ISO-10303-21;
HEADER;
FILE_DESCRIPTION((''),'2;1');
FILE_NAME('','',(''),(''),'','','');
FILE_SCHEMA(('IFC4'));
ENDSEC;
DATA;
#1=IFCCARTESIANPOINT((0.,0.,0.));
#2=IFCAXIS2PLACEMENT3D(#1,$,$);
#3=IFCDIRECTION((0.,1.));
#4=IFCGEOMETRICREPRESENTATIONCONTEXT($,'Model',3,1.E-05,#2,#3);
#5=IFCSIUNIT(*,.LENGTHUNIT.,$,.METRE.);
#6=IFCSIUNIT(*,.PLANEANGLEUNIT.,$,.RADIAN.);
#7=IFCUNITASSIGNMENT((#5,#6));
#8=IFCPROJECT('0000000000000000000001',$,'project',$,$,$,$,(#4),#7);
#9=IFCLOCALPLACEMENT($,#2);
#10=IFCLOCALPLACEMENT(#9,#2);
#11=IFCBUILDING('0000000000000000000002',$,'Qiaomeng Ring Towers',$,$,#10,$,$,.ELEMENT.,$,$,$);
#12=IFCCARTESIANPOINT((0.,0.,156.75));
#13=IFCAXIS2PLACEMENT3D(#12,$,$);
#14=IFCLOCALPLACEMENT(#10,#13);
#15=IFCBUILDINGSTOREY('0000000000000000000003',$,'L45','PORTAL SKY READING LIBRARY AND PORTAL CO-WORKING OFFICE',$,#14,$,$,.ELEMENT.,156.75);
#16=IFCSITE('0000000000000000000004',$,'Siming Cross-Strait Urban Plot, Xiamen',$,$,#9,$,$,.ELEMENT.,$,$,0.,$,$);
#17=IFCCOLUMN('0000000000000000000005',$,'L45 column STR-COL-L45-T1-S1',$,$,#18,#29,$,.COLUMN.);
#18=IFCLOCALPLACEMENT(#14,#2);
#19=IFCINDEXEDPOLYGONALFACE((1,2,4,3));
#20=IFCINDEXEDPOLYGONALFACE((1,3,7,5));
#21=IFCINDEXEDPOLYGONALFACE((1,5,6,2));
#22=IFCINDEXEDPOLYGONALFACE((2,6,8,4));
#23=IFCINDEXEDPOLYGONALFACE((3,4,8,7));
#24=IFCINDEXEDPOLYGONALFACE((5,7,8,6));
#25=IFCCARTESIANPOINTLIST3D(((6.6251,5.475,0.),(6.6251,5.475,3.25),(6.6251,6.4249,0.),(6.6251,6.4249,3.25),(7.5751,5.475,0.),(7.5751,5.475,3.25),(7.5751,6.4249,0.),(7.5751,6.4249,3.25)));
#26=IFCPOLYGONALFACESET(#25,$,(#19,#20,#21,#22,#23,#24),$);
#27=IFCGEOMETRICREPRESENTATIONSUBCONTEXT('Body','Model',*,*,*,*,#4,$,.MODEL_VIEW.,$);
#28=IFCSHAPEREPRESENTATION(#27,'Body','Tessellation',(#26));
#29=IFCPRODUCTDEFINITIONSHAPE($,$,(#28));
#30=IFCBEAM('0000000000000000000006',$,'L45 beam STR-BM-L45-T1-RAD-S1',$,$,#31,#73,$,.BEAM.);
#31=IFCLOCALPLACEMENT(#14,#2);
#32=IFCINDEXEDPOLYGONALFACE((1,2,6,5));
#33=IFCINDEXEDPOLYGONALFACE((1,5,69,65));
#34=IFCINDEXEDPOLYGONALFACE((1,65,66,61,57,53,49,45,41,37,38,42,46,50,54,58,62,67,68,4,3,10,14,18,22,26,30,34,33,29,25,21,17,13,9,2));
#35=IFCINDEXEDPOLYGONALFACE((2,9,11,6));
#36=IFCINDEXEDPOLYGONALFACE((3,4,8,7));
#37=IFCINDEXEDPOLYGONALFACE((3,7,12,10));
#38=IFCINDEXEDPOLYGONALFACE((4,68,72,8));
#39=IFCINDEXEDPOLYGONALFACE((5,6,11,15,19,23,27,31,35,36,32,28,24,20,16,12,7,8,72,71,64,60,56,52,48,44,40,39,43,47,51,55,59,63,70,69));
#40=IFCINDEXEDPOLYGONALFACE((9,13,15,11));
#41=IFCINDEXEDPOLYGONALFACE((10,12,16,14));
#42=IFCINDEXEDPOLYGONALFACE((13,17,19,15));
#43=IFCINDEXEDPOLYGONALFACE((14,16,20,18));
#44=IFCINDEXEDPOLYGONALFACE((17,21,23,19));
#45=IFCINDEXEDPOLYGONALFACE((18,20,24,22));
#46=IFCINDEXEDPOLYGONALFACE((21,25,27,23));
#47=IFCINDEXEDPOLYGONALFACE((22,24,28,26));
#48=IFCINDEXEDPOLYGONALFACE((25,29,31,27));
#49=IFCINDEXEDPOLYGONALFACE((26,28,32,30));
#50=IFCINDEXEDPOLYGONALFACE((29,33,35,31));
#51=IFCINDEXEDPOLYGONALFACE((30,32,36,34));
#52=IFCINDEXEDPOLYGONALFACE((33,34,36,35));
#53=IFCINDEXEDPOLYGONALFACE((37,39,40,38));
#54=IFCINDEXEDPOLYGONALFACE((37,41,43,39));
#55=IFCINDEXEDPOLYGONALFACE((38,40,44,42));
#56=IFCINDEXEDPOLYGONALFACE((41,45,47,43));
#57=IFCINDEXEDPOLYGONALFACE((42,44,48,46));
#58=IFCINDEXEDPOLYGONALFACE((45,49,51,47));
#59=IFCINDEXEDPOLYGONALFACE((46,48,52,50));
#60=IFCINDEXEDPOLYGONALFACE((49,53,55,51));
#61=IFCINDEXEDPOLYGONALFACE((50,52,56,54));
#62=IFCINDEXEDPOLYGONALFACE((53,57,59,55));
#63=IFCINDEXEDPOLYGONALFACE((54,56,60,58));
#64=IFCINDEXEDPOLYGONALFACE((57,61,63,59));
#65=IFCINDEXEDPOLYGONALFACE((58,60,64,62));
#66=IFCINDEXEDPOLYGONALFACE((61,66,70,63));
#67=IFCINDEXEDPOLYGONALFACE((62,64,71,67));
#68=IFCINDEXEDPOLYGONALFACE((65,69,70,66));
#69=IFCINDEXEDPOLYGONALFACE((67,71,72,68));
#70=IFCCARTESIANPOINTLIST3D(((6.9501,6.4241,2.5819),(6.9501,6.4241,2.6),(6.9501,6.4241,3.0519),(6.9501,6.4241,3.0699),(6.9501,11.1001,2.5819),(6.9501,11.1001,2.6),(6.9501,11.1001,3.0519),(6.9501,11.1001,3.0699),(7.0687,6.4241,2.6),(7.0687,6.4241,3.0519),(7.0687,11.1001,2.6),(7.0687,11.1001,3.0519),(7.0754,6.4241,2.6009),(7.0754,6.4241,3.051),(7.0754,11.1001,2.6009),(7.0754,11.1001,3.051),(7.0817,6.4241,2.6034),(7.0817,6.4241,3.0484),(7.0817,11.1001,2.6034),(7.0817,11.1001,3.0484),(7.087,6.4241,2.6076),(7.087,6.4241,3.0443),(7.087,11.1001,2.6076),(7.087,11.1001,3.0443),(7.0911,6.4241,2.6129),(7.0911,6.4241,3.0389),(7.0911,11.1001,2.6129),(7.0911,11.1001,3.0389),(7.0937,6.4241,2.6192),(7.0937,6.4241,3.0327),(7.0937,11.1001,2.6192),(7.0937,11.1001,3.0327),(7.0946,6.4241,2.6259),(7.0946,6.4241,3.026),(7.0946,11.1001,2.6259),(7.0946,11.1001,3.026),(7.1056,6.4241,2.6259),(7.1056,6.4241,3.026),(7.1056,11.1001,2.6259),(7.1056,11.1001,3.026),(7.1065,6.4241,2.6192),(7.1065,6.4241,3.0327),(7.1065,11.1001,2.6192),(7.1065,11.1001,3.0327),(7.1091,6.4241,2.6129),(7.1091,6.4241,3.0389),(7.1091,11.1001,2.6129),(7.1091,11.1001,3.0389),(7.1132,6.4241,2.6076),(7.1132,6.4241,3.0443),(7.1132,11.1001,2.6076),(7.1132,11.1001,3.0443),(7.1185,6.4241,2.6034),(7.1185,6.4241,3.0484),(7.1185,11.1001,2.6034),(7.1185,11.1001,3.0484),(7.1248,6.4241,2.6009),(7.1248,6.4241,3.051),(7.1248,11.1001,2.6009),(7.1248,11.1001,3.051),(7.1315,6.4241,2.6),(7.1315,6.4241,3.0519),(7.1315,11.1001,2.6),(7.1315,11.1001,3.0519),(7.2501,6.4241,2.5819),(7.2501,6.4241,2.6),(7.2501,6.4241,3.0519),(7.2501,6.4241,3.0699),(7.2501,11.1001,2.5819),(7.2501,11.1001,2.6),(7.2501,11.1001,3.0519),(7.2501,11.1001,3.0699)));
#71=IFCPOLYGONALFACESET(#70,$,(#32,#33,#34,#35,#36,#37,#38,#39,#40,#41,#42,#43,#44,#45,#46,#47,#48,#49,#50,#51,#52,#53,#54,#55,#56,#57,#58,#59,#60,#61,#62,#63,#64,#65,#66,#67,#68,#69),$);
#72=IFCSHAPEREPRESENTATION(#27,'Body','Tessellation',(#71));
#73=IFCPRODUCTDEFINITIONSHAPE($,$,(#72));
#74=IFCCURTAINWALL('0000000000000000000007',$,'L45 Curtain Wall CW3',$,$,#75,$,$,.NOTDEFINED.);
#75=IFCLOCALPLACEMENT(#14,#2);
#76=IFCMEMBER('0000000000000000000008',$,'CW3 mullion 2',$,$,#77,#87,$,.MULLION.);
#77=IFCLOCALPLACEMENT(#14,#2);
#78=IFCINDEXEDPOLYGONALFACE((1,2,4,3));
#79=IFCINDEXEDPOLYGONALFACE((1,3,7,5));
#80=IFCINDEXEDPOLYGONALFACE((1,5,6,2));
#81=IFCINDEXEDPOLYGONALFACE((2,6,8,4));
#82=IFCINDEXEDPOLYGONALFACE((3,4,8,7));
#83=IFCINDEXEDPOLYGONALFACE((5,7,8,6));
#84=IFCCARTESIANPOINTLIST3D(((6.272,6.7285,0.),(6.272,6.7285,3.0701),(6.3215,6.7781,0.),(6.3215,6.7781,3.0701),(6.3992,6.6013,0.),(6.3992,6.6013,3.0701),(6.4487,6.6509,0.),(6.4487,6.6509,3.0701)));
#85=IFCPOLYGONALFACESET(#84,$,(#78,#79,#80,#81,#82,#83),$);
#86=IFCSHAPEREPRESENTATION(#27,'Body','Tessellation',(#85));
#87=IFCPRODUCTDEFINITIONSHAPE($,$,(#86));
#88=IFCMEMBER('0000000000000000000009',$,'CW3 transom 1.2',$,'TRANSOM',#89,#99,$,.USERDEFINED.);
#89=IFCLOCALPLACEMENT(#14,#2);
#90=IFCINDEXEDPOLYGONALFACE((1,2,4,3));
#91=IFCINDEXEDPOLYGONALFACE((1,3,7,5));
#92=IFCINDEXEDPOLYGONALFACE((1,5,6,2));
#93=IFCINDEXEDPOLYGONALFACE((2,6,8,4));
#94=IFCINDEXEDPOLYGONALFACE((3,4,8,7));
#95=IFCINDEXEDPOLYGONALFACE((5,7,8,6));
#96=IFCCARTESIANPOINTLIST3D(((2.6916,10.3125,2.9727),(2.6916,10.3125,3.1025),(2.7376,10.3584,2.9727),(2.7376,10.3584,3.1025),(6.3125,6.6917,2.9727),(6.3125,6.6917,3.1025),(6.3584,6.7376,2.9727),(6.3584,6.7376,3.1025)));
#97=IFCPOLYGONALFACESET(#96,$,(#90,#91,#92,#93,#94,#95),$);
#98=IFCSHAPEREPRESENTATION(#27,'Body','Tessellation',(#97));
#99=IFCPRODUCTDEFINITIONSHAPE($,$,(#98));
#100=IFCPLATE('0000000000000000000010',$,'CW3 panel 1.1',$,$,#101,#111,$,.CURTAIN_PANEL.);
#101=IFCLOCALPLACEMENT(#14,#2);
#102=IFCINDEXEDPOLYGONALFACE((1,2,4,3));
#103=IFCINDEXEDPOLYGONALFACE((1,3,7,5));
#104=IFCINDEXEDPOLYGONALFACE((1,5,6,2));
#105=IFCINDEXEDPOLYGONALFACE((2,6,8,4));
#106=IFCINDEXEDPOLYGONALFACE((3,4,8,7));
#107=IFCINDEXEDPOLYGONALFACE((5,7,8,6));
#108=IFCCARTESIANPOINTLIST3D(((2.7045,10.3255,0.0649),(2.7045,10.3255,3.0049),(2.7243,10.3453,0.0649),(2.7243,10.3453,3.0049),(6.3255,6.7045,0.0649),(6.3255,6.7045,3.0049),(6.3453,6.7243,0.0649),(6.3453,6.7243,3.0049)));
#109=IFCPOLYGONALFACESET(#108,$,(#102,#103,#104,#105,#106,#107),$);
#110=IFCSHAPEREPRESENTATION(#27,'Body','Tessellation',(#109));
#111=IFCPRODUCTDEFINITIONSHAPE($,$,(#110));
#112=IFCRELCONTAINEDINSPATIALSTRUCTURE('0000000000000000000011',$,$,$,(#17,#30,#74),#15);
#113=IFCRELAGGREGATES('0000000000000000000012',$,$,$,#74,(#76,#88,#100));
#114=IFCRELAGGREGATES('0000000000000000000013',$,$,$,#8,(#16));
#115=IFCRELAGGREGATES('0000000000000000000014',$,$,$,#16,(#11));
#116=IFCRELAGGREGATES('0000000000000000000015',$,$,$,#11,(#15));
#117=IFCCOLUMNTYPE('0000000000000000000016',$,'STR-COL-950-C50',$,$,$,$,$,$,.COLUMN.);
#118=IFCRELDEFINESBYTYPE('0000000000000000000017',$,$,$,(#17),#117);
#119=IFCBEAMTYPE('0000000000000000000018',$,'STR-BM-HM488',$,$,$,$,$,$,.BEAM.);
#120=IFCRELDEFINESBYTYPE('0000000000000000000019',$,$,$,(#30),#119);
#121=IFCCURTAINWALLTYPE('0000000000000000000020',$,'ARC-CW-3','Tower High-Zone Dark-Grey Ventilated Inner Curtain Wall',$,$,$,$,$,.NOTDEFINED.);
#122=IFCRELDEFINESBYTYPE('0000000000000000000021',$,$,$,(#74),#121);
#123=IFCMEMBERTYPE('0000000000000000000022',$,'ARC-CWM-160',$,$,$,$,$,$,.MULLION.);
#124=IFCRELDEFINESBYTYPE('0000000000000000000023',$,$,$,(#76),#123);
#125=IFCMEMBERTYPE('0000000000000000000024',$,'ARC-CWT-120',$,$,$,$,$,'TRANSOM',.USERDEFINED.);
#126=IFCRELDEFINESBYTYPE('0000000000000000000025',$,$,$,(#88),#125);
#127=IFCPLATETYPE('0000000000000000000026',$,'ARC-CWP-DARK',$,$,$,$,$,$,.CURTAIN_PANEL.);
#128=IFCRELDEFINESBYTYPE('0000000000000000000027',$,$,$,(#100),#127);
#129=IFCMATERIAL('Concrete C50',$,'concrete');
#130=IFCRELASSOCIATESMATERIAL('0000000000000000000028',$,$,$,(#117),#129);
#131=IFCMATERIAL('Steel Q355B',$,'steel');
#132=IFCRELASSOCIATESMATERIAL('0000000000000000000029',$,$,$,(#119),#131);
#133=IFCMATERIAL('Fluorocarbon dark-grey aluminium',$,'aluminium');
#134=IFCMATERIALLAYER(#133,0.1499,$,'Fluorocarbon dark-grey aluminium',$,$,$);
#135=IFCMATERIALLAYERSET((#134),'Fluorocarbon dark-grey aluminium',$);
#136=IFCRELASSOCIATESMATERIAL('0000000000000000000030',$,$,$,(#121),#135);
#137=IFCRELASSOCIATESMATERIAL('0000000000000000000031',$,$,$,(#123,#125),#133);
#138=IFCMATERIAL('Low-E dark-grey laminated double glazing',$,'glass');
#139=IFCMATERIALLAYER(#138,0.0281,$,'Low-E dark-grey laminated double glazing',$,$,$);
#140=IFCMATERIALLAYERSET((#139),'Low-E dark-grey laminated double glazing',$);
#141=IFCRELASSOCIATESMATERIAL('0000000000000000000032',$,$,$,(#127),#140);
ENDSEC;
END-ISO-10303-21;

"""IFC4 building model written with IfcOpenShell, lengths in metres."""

from ifc_helpers import new_model, si_unit, direction, frame, origin, origin_2d, place, context, subcontext, project, spatial, rectangle, i_section, extrude, source, transform, mapped, material, layer, layer_set, material_profile, profile_set, type_object, element, aggregate, save


model = new_model("IFC4")

# Units and contexts
model_context = context("Model", 3, precision=1e-05, world=origin(), true_north=direction((0.0, 1.0)))
body_context = subcontext(model_context, "Body", "Model", "MODEL_VIEW")
ifc_project = project(units=[si_unit("LENGTHUNIT", "METRE"), si_unit("PLANEANGLEUNIT", "RADIAN")], contexts=[model_context])

# Site, building, storey
site_placement = place(None, origin())
site = spatial("IfcSite", under=ifc_project, at=site_placement, Name="Siming Cross-Strait Urban Plot, Xiamen", CompositionType="ELEMENT", RefElevation=0.0)
building_placement = place(site_placement, origin())
building = spatial("IfcBuilding", under=site, at=building_placement, Name="Qiaomeng Ring Towers", CompositionType="ELEMENT")
storey_placement = place(building_placement, frame((0.0, 0.0, 156.75)))
storey = spatial("IfcBuildingStorey", under=building, at=storey_placement, Name="L45", Description="PORTAL SKY READING LIBRARY AND PORTAL CO-WORKING OFFICE", CompositionType="ELEMENT", Elevation=156.75)

# Column
ifc_material_1 = material(Name="Concrete C50", Category="concrete")
ifc_material_profile_1 = material_profile(ifc_material_1, rectangle(XDim=0.95, YDim=0.95, at=origin_2d()), Name="RC COL 950x950")
ifc_profile_set_1 = profile_set([ifc_material_profile_1], Name="Concrete C50")
column_type = type_object("IfcColumnType", Name="STR-COL-950-C50", PredefinedType="COLUMN", material=ifc_profile_set_1)
shared_shape_1 = source(origin(), body_context, "Body", "SweptSolid", [
    extrude(rectangle(XDim=0.95, YDim=0.95, at=origin_2d()), origin(), (0.0, 0.0, 1.0), 3.25),
])
column_placement = place(storey_placement, frame((7.1001, 5.95, 0.0), z_axis=(0.0, 0.0, 1.0), x_axis=(1.0, 0.0, 0.0)))
element("IfcColumn", 1, at=column_placement, inside=storey, type_object=column_type, Name="L45 column STR-COL-L45-T1-S1", PredefinedType="COLUMN", context=body_context, shape_type="MappedRepresentation", body=[
    mapped(shared_shape_1, transform((0.0, 0.0, 0.0), x_axis=(1.0, 0.0, 0.0), y_axis=(0.0, 1.0, 0.0), z_axis=(0.0, 0.0, 1.0), scale=1.0)),
])

# Beam
ifc_material_2 = material(Name="Steel Q355B", Category="steel")
ifc_material_profile_2 = material_profile(ifc_material_2, i_section(OverallWidth=0.3, OverallDepth=0.488, WebThickness=0.011, FlangeThickness=0.0181, FilletRadius=0.0259, at=origin_2d()), Name="HM 488x300x11x18")
ifc_profile_set_2 = profile_set([ifc_material_profile_2], Name="Steel Q355B")
beam_type = type_object("IfcBeamType", Name="STR-BM-HM488", PredefinedType="BEAM", material=ifc_profile_set_2)
shared_shape_2 = source(origin(), body_context, "Body", "SweptSolid", [
    extrude(i_section(OverallWidth=0.3, OverallDepth=0.488, WebThickness=0.011, FlangeThickness=0.0181, FilletRadius=0.0259, at=origin_2d()), origin(), (0.0, 0.0, 1.0), 4.676),
])
beam_placement = place(storey_placement, frame((7.1001, 6.4241, 2.8259), z_axis=(0.0, 1.0, 0.0), x_axis=(-1.0, 0.0, 0.0)))
element("IfcBeam", 2, at=beam_placement, inside=storey, type_object=beam_type, Name="L45 beam STR-BM-L45-T1-RAD-S1", PredefinedType="BEAM", context=body_context, shape_type="MappedRepresentation", body=[
    mapped(shared_shape_2, transform((0.0, 0.0, 0.0), x_axis=(1.0, 0.0, 0.0), y_axis=(0.0, 1.0, 0.0), z_axis=(0.0, 0.0, 1.0), scale=1.0)),
])

# Curtain wall, members, plate
ifc_material_3 = material(Name="Fluorocarbon dark-grey aluminium", Category="aluminium")
ifc_layer_1 = layer(ifc_material_3, 0.1499, Name="Fluorocarbon dark-grey aluminium")
ifc_layer_set_1 = layer_set([ifc_layer_1], Name="Fluorocarbon dark-grey aluminium")
curtain_wall_type = type_object("IfcCurtainWallType", Name="ARC-CW-3", Description="Tower High-Zone Dark-Grey Ventilated Inner Curtain Wall", PredefinedType="NOTDEFINED", material=ifc_layer_set_1)
curtain_wall_placement = place(storey_placement, origin())
curtain_wall = element("IfcCurtainWall", 3, at=curtain_wall_placement, inside=storey, type_object=curtain_wall_type, Name="L45 Curtain Wall CW3", PredefinedType="NOTDEFINED")
ifc_material_profile_3 = material_profile(ifc_material_3, rectangle(XDim=0.0701, YDim=0.1799, at=origin_2d()), Name="ALU MULL 70x180")
ifc_profile_set_3 = profile_set([ifc_material_profile_3], Name="Fluorocarbon dark-grey aluminium")
member_type_1 = type_object("IfcMemberType", Name="ARC-CWM-160", PredefinedType="MULLION", material=ifc_profile_set_3)
shared_shape_3 = source(origin(), body_context, "Body", "SweptSolid", [
    extrude(rectangle(XDim=0.0701, YDim=0.1799, at=origin_2d()), origin(), (0.0, 0.0, 1.0), 3.0701),
])
member_1_placement = place(storey_placement, frame((6.3604, 6.6897, 0.0), z_axis=(0.0, 0.0, 1.0), x_axis=(0.707107, 0.707107, 0.0)))
member_1 = element("IfcMember", 4, at=member_1_placement, type_object=member_type_1, Name="CW3 mullion 2", PredefinedType="MULLION", context=body_context, shape_type="MappedRepresentation", body=[
    mapped(shared_shape_3, transform((0.0, 0.0, 0.0), x_axis=(1.0, 0.0, 0.0), y_axis=(0.0, 1.0, 0.0), z_axis=(0.0, 0.0, 1.0), scale=1.0)),
])
ifc_material_profile_4 = material_profile(ifc_material_3, rectangle(XDim=0.0649, YDim=0.1299, at=origin_2d()), Name="ALU TRAN 65x130")
ifc_profile_set_4 = profile_set([ifc_material_profile_4], Name="Fluorocarbon dark-grey aluminium")
member_type_2 = type_object("IfcMemberType", Name="ARC-CWT-120", ElementType="TRANSOM", PredefinedType="USERDEFINED", material=ifc_profile_set_4)
shared_shape_4 = source(origin(), body_context, "Body", "SweptSolid", [
    extrude(rectangle(XDim=0.0649, YDim=0.1299, at=origin_2d()), origin(), (0.0, 0.0, 1.0), 5.1206),
])
member_2_placement = place(storey_placement, frame((2.7146, 10.3354, 3.0376), z_axis=(0.707107, -0.707107, 0.0), x_axis=(0.707107, 0.707107, 0.0)))
member_2 = element("IfcMember", 5, at=member_2_placement, type_object=member_type_2, Name="CW3 transom 1.2", ObjectType="TRANSOM", PredefinedType="USERDEFINED", context=body_context, shape_type="MappedRepresentation", body=[
    mapped(shared_shape_4, transform((0.0, 0.0, 0.0), x_axis=(1.0, 0.0, 0.0), y_axis=(0.0, 1.0, 0.0), z_axis=(0.0, 0.0, 1.0), scale=1.0)),
])
ifc_material_4 = material(Name="Low-E dark-grey laminated double glazing", Category="glass")
ifc_layer_2 = layer(ifc_material_4, 0.0281, Name="Low-E dark-grey laminated double glazing")
ifc_layer_set_2 = layer_set([ifc_layer_2], Name="Low-E dark-grey laminated double glazing")
plate_type = type_object("IfcPlateType", Name="ARC-CWP-DARK", PredefinedType="CURTAIN_PANEL", material=ifc_layer_set_2)
shared_shape_5 = source(origin(), body_context, "Body", "SweptSolid", [
    extrude(rectangle(XDim=5.1208, YDim=0.0281, at=origin_2d()), origin(), (0.0, 0.0, 1.0), 2.9399),
])
plate_placement = place(storey_placement, frame((4.5249, 8.5249, 0.0649), z_axis=(0.0, 0.0, 1.0), x_axis=(0.707107, -0.707107, 0.0)))
plate = element("IfcPlate", 6, at=plate_placement, type_object=plate_type, Name="CW3 panel 1.1", PredefinedType="CURTAIN_PANEL", context=body_context, shape_type="MappedRepresentation", body=[
    mapped(shared_shape_5, transform((0.0, 0.0, 0.0), x_axis=(1.0, 0.0, 0.0), y_axis=(0.0, 1.0, 0.0), z_axis=(0.0, 0.0, 1.0), scale=1.0)),
])
aggregate(curtain_wall, [member_1, member_2, plate])

save(model, "model.ifc")
